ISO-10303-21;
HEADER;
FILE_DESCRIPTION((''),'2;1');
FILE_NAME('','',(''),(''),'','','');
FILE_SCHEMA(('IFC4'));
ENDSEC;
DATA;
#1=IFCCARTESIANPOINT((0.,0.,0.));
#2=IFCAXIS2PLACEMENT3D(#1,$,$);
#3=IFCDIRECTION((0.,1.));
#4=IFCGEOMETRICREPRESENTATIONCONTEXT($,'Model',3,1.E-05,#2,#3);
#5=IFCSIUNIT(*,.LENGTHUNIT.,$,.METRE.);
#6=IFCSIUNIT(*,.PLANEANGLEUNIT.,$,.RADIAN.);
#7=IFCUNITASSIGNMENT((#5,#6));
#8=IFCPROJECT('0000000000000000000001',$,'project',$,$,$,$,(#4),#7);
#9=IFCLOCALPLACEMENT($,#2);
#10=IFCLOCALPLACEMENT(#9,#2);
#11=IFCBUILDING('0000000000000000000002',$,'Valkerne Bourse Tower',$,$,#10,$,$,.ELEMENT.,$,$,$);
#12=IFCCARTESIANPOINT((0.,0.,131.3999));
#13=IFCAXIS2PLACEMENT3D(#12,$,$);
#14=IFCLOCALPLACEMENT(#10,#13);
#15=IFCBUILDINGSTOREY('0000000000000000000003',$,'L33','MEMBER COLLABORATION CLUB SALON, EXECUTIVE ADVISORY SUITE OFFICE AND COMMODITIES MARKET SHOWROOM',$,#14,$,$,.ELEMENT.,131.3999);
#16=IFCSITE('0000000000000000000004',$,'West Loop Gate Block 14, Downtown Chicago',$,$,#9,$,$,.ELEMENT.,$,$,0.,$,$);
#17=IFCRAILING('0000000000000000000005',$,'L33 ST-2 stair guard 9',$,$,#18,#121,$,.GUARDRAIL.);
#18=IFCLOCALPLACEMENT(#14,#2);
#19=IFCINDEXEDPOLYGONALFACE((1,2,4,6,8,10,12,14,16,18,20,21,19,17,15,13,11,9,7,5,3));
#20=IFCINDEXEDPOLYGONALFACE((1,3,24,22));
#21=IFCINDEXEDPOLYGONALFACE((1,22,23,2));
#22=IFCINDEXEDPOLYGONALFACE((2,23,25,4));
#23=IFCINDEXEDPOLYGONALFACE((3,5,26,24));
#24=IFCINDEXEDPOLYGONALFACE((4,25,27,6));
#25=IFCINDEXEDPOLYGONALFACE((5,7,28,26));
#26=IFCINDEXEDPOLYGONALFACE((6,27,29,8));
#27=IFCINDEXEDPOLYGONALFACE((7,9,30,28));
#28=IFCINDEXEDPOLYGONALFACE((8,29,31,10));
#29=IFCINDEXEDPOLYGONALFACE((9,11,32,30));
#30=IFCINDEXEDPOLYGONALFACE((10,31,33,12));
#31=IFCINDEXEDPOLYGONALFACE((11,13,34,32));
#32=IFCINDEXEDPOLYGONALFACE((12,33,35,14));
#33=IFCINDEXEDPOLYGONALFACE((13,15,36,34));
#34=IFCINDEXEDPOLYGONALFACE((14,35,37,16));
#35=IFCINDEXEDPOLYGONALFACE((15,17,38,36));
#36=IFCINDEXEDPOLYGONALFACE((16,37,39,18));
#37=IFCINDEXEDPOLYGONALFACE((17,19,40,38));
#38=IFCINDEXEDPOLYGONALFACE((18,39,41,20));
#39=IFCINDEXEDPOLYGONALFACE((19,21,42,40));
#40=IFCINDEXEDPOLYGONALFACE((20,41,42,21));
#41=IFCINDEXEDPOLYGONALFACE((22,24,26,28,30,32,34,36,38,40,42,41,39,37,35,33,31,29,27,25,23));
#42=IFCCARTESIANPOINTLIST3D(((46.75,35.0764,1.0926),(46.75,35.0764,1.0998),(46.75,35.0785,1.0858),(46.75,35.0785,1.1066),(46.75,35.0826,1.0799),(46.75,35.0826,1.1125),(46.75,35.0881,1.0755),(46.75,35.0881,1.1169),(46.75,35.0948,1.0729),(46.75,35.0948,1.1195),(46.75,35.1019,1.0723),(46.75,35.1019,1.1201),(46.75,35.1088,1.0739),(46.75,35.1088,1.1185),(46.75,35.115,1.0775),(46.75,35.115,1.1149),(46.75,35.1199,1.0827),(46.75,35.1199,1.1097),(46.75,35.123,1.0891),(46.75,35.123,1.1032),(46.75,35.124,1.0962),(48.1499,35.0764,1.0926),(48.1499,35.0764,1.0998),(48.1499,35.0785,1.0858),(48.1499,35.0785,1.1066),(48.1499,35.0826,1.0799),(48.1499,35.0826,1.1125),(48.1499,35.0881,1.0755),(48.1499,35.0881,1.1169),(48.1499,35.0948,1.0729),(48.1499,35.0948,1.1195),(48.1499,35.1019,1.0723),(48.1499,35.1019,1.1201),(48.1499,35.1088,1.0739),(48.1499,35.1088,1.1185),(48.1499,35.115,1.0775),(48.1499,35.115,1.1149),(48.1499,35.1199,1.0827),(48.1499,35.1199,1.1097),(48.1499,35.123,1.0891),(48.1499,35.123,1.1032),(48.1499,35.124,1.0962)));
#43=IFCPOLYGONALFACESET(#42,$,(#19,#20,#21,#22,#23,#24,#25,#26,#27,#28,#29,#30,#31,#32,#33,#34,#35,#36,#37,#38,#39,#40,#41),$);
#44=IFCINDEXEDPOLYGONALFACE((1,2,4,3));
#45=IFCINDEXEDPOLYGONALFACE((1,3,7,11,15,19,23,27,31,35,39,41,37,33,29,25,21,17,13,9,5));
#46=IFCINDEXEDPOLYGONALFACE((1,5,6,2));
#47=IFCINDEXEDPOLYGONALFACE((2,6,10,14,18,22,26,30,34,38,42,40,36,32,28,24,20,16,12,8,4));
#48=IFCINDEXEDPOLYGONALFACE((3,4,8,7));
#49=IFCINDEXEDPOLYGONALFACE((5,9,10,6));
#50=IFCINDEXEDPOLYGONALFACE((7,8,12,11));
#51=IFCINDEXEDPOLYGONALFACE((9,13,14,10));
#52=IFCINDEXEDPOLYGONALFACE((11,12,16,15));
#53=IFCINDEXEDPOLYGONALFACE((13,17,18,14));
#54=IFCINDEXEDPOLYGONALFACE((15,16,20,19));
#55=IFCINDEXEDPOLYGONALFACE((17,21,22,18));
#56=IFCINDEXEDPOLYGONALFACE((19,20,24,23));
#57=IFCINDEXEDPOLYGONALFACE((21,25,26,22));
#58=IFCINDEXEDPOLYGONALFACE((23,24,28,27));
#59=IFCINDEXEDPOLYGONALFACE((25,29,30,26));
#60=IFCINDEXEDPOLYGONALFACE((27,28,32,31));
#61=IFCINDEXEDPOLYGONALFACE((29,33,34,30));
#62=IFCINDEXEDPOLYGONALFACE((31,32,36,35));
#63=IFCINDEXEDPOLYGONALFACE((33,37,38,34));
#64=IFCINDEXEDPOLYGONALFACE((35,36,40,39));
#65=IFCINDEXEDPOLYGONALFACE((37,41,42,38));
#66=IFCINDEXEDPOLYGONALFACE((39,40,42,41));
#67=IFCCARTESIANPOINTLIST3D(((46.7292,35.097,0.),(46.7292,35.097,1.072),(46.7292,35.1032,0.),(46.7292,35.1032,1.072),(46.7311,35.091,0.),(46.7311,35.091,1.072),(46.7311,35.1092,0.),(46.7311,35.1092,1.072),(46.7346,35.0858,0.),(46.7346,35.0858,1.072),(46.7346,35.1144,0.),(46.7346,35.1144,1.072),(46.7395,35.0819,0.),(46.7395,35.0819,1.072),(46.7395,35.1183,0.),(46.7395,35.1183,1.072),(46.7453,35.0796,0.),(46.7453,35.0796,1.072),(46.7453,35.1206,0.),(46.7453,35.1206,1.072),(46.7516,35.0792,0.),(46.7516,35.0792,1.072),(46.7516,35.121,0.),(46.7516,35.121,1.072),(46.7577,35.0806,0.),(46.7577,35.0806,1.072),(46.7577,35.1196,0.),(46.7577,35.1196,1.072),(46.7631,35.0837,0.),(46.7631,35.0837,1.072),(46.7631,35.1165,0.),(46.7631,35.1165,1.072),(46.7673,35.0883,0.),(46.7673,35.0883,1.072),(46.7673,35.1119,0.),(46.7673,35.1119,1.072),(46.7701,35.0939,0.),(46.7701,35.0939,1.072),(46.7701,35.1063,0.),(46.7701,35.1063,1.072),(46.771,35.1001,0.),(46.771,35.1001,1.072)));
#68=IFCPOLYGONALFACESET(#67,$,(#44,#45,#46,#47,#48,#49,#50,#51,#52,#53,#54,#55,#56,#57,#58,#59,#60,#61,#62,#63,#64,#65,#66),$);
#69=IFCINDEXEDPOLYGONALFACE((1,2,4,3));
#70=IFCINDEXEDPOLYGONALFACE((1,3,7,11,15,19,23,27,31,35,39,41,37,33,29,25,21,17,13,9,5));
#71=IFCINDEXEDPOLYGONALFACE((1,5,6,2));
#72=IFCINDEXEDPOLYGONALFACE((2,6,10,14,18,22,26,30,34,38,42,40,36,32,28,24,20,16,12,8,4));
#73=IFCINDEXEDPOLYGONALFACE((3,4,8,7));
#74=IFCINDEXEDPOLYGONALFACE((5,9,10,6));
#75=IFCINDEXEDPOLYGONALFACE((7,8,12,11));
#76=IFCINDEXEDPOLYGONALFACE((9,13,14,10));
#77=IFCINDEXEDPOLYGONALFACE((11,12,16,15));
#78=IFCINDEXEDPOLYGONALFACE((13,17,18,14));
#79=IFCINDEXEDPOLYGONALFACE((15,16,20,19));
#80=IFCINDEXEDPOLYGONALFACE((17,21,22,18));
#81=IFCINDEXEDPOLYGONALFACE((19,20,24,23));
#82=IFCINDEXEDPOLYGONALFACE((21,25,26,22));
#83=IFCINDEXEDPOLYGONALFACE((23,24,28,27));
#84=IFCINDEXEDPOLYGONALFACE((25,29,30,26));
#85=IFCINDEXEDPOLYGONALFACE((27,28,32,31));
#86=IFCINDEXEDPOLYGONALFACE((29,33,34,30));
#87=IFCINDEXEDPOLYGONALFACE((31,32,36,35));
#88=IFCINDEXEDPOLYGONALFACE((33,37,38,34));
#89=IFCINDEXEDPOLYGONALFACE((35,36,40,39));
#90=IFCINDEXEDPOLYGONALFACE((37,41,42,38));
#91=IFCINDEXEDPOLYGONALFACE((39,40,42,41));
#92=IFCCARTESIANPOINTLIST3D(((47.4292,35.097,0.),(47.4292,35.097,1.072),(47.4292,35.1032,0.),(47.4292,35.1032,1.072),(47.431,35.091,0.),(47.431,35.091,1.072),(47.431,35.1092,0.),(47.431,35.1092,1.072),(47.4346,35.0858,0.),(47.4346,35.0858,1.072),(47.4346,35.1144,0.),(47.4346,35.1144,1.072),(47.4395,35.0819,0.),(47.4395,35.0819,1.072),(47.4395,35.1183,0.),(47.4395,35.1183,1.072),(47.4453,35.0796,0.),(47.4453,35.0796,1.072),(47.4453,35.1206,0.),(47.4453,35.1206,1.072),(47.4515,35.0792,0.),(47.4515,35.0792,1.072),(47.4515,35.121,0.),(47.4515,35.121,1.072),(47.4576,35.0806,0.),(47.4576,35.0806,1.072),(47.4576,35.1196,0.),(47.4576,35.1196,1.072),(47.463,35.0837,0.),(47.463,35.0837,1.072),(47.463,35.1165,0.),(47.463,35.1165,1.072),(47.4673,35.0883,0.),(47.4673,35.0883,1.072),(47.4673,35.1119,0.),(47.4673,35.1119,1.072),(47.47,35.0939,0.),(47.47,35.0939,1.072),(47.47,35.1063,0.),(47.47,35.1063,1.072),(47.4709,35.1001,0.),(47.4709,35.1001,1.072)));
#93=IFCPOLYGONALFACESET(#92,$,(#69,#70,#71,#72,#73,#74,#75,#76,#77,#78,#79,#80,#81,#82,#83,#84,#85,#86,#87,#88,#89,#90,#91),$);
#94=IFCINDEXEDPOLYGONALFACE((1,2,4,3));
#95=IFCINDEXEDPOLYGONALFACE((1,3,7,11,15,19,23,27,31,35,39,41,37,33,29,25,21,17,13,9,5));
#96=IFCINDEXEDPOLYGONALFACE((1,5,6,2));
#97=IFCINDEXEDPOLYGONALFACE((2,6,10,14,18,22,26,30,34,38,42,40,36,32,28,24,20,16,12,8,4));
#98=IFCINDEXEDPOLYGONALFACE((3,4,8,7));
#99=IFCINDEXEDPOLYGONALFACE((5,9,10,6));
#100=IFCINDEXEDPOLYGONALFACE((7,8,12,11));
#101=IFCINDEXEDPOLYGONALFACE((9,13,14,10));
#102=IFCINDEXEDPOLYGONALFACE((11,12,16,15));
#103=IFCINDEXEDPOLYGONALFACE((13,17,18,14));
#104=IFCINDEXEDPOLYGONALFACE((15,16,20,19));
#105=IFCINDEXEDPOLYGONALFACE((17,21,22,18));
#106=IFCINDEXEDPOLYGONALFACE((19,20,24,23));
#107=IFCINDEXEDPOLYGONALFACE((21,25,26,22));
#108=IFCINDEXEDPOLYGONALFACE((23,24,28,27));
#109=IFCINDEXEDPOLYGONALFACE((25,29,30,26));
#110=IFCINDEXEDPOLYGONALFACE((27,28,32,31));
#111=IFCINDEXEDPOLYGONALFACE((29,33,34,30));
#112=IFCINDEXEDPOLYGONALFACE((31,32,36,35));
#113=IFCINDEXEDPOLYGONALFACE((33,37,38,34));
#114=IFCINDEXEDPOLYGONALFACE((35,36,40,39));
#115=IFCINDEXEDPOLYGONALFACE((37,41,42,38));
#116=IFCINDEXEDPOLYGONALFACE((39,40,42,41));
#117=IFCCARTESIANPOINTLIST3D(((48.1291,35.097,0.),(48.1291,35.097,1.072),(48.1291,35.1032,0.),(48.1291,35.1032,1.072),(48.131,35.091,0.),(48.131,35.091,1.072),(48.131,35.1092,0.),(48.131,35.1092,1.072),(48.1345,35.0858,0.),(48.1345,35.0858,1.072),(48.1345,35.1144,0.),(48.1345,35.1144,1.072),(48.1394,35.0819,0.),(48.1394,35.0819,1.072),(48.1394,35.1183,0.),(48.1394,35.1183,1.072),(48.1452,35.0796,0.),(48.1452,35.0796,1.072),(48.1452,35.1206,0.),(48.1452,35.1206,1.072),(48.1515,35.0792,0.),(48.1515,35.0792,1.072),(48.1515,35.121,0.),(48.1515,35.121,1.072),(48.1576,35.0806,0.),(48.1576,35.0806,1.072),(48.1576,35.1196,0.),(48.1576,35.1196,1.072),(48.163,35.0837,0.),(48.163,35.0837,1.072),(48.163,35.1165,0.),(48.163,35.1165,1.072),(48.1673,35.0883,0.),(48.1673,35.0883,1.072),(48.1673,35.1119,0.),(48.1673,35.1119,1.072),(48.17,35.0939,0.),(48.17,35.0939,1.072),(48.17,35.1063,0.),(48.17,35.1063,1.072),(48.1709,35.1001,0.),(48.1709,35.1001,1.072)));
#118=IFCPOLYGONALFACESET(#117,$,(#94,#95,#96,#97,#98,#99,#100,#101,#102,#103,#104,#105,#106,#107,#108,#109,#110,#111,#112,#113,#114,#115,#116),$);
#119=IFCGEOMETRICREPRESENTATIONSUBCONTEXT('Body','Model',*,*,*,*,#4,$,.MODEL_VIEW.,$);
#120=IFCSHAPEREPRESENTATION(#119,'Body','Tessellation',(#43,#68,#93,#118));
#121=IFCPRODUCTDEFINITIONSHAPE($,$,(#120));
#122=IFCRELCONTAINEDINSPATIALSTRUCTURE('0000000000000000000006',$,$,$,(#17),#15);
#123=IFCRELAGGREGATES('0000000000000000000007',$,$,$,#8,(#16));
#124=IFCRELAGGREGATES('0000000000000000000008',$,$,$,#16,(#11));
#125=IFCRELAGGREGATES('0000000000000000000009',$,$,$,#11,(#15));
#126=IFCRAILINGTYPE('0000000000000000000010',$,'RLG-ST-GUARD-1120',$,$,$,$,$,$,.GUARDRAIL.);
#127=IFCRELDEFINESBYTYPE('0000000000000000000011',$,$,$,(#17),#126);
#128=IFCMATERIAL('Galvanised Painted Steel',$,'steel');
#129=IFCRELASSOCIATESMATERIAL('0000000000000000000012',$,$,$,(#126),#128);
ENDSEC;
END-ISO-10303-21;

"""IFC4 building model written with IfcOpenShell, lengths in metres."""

from ifc_helpers import new_model, si_unit, direction, frame, origin, origin_2d, place, context, subcontext, project, spatial, circle, extrude, material, type_object, element, save


model = new_model("IFC4")

# Units and contexts
model_context = context("Model", 3, precision=1e-05, world=origin(), true_north=direction((0.0, 1.0)))
body_context = subcontext(model_context, "Body", "Model", "MODEL_VIEW")
ifc_project = project(units=[si_unit("LENGTHUNIT", "METRE"), si_unit("PLANEANGLEUNIT", "RADIAN")], contexts=[model_context])

# Site, building, storey
site_placement = place(None, origin())
site = spatial("IfcSite", under=ifc_project, at=site_placement, Name="West Loop Gate Block 14, Downtown Chicago", CompositionType="ELEMENT", RefElevation=0.0)
building_placement = place(site_placement, origin())
building = spatial("IfcBuilding", under=site, at=building_placement, Name="Valkerne Bourse Tower", CompositionType="ELEMENT")
storey_placement = place(building_placement, frame((0.0, 0.0, 131.3999)))
storey = spatial("IfcBuildingStorey", under=building, at=storey_placement, Name="L33", Description="MEMBER COLLABORATION CLUB SALON, EXECUTIVE ADVISORY SUITE OFFICE AND COMMODITIES MARKET SHOWROOM", CompositionType="ELEMENT", Elevation=131.3999)

# Shared definitions
ifc_material_1 = material(Name="Galvanised Painted Steel", Category="steel")

# Railing
railing_type = type_object("IfcRailingType", Name="RLG-ST-GUARD-1120", PredefinedType="GUARDRAIL", material=ifc_material_1)
for number, where, name in (
    (1, (46.75, 35.1001, 0.0), "L33 ST-2 stair guard 9"),
):
    element("IfcRailing", number, at=place(storey_placement, frame(where)), inside=storey, type_object=railing_type, Name=name, PredefinedType="GUARDRAIL", context=body_context, shape_type="SweptSolid", body=[
        extrude(circle(Radius=0.0239, at=origin_2d()), frame((0.0, 0.0, 1.0962), z_axis=(1.0, 0.0, 0.0), x_axis=(0.0, 1.0, 0.0)), (0.0, 0.0, 1.0), 1.3999),
        extrude(circle(Radius=0.021, at=origin_2d()), origin(), (0.0, 0.0, 1.0), 1.072),
        extrude(circle(Radius=0.021, at=origin_2d()), frame((0.7, 0.0, 0.0)), (0.0, 0.0, 1.0), 1.072),
        extrude(circle(Radius=0.021, at=origin_2d()), frame((1.3999, 0.0, 0.0)), (0.0, 0.0, 1.0), 1.072),
    ])

save(model, "model.ifc")
